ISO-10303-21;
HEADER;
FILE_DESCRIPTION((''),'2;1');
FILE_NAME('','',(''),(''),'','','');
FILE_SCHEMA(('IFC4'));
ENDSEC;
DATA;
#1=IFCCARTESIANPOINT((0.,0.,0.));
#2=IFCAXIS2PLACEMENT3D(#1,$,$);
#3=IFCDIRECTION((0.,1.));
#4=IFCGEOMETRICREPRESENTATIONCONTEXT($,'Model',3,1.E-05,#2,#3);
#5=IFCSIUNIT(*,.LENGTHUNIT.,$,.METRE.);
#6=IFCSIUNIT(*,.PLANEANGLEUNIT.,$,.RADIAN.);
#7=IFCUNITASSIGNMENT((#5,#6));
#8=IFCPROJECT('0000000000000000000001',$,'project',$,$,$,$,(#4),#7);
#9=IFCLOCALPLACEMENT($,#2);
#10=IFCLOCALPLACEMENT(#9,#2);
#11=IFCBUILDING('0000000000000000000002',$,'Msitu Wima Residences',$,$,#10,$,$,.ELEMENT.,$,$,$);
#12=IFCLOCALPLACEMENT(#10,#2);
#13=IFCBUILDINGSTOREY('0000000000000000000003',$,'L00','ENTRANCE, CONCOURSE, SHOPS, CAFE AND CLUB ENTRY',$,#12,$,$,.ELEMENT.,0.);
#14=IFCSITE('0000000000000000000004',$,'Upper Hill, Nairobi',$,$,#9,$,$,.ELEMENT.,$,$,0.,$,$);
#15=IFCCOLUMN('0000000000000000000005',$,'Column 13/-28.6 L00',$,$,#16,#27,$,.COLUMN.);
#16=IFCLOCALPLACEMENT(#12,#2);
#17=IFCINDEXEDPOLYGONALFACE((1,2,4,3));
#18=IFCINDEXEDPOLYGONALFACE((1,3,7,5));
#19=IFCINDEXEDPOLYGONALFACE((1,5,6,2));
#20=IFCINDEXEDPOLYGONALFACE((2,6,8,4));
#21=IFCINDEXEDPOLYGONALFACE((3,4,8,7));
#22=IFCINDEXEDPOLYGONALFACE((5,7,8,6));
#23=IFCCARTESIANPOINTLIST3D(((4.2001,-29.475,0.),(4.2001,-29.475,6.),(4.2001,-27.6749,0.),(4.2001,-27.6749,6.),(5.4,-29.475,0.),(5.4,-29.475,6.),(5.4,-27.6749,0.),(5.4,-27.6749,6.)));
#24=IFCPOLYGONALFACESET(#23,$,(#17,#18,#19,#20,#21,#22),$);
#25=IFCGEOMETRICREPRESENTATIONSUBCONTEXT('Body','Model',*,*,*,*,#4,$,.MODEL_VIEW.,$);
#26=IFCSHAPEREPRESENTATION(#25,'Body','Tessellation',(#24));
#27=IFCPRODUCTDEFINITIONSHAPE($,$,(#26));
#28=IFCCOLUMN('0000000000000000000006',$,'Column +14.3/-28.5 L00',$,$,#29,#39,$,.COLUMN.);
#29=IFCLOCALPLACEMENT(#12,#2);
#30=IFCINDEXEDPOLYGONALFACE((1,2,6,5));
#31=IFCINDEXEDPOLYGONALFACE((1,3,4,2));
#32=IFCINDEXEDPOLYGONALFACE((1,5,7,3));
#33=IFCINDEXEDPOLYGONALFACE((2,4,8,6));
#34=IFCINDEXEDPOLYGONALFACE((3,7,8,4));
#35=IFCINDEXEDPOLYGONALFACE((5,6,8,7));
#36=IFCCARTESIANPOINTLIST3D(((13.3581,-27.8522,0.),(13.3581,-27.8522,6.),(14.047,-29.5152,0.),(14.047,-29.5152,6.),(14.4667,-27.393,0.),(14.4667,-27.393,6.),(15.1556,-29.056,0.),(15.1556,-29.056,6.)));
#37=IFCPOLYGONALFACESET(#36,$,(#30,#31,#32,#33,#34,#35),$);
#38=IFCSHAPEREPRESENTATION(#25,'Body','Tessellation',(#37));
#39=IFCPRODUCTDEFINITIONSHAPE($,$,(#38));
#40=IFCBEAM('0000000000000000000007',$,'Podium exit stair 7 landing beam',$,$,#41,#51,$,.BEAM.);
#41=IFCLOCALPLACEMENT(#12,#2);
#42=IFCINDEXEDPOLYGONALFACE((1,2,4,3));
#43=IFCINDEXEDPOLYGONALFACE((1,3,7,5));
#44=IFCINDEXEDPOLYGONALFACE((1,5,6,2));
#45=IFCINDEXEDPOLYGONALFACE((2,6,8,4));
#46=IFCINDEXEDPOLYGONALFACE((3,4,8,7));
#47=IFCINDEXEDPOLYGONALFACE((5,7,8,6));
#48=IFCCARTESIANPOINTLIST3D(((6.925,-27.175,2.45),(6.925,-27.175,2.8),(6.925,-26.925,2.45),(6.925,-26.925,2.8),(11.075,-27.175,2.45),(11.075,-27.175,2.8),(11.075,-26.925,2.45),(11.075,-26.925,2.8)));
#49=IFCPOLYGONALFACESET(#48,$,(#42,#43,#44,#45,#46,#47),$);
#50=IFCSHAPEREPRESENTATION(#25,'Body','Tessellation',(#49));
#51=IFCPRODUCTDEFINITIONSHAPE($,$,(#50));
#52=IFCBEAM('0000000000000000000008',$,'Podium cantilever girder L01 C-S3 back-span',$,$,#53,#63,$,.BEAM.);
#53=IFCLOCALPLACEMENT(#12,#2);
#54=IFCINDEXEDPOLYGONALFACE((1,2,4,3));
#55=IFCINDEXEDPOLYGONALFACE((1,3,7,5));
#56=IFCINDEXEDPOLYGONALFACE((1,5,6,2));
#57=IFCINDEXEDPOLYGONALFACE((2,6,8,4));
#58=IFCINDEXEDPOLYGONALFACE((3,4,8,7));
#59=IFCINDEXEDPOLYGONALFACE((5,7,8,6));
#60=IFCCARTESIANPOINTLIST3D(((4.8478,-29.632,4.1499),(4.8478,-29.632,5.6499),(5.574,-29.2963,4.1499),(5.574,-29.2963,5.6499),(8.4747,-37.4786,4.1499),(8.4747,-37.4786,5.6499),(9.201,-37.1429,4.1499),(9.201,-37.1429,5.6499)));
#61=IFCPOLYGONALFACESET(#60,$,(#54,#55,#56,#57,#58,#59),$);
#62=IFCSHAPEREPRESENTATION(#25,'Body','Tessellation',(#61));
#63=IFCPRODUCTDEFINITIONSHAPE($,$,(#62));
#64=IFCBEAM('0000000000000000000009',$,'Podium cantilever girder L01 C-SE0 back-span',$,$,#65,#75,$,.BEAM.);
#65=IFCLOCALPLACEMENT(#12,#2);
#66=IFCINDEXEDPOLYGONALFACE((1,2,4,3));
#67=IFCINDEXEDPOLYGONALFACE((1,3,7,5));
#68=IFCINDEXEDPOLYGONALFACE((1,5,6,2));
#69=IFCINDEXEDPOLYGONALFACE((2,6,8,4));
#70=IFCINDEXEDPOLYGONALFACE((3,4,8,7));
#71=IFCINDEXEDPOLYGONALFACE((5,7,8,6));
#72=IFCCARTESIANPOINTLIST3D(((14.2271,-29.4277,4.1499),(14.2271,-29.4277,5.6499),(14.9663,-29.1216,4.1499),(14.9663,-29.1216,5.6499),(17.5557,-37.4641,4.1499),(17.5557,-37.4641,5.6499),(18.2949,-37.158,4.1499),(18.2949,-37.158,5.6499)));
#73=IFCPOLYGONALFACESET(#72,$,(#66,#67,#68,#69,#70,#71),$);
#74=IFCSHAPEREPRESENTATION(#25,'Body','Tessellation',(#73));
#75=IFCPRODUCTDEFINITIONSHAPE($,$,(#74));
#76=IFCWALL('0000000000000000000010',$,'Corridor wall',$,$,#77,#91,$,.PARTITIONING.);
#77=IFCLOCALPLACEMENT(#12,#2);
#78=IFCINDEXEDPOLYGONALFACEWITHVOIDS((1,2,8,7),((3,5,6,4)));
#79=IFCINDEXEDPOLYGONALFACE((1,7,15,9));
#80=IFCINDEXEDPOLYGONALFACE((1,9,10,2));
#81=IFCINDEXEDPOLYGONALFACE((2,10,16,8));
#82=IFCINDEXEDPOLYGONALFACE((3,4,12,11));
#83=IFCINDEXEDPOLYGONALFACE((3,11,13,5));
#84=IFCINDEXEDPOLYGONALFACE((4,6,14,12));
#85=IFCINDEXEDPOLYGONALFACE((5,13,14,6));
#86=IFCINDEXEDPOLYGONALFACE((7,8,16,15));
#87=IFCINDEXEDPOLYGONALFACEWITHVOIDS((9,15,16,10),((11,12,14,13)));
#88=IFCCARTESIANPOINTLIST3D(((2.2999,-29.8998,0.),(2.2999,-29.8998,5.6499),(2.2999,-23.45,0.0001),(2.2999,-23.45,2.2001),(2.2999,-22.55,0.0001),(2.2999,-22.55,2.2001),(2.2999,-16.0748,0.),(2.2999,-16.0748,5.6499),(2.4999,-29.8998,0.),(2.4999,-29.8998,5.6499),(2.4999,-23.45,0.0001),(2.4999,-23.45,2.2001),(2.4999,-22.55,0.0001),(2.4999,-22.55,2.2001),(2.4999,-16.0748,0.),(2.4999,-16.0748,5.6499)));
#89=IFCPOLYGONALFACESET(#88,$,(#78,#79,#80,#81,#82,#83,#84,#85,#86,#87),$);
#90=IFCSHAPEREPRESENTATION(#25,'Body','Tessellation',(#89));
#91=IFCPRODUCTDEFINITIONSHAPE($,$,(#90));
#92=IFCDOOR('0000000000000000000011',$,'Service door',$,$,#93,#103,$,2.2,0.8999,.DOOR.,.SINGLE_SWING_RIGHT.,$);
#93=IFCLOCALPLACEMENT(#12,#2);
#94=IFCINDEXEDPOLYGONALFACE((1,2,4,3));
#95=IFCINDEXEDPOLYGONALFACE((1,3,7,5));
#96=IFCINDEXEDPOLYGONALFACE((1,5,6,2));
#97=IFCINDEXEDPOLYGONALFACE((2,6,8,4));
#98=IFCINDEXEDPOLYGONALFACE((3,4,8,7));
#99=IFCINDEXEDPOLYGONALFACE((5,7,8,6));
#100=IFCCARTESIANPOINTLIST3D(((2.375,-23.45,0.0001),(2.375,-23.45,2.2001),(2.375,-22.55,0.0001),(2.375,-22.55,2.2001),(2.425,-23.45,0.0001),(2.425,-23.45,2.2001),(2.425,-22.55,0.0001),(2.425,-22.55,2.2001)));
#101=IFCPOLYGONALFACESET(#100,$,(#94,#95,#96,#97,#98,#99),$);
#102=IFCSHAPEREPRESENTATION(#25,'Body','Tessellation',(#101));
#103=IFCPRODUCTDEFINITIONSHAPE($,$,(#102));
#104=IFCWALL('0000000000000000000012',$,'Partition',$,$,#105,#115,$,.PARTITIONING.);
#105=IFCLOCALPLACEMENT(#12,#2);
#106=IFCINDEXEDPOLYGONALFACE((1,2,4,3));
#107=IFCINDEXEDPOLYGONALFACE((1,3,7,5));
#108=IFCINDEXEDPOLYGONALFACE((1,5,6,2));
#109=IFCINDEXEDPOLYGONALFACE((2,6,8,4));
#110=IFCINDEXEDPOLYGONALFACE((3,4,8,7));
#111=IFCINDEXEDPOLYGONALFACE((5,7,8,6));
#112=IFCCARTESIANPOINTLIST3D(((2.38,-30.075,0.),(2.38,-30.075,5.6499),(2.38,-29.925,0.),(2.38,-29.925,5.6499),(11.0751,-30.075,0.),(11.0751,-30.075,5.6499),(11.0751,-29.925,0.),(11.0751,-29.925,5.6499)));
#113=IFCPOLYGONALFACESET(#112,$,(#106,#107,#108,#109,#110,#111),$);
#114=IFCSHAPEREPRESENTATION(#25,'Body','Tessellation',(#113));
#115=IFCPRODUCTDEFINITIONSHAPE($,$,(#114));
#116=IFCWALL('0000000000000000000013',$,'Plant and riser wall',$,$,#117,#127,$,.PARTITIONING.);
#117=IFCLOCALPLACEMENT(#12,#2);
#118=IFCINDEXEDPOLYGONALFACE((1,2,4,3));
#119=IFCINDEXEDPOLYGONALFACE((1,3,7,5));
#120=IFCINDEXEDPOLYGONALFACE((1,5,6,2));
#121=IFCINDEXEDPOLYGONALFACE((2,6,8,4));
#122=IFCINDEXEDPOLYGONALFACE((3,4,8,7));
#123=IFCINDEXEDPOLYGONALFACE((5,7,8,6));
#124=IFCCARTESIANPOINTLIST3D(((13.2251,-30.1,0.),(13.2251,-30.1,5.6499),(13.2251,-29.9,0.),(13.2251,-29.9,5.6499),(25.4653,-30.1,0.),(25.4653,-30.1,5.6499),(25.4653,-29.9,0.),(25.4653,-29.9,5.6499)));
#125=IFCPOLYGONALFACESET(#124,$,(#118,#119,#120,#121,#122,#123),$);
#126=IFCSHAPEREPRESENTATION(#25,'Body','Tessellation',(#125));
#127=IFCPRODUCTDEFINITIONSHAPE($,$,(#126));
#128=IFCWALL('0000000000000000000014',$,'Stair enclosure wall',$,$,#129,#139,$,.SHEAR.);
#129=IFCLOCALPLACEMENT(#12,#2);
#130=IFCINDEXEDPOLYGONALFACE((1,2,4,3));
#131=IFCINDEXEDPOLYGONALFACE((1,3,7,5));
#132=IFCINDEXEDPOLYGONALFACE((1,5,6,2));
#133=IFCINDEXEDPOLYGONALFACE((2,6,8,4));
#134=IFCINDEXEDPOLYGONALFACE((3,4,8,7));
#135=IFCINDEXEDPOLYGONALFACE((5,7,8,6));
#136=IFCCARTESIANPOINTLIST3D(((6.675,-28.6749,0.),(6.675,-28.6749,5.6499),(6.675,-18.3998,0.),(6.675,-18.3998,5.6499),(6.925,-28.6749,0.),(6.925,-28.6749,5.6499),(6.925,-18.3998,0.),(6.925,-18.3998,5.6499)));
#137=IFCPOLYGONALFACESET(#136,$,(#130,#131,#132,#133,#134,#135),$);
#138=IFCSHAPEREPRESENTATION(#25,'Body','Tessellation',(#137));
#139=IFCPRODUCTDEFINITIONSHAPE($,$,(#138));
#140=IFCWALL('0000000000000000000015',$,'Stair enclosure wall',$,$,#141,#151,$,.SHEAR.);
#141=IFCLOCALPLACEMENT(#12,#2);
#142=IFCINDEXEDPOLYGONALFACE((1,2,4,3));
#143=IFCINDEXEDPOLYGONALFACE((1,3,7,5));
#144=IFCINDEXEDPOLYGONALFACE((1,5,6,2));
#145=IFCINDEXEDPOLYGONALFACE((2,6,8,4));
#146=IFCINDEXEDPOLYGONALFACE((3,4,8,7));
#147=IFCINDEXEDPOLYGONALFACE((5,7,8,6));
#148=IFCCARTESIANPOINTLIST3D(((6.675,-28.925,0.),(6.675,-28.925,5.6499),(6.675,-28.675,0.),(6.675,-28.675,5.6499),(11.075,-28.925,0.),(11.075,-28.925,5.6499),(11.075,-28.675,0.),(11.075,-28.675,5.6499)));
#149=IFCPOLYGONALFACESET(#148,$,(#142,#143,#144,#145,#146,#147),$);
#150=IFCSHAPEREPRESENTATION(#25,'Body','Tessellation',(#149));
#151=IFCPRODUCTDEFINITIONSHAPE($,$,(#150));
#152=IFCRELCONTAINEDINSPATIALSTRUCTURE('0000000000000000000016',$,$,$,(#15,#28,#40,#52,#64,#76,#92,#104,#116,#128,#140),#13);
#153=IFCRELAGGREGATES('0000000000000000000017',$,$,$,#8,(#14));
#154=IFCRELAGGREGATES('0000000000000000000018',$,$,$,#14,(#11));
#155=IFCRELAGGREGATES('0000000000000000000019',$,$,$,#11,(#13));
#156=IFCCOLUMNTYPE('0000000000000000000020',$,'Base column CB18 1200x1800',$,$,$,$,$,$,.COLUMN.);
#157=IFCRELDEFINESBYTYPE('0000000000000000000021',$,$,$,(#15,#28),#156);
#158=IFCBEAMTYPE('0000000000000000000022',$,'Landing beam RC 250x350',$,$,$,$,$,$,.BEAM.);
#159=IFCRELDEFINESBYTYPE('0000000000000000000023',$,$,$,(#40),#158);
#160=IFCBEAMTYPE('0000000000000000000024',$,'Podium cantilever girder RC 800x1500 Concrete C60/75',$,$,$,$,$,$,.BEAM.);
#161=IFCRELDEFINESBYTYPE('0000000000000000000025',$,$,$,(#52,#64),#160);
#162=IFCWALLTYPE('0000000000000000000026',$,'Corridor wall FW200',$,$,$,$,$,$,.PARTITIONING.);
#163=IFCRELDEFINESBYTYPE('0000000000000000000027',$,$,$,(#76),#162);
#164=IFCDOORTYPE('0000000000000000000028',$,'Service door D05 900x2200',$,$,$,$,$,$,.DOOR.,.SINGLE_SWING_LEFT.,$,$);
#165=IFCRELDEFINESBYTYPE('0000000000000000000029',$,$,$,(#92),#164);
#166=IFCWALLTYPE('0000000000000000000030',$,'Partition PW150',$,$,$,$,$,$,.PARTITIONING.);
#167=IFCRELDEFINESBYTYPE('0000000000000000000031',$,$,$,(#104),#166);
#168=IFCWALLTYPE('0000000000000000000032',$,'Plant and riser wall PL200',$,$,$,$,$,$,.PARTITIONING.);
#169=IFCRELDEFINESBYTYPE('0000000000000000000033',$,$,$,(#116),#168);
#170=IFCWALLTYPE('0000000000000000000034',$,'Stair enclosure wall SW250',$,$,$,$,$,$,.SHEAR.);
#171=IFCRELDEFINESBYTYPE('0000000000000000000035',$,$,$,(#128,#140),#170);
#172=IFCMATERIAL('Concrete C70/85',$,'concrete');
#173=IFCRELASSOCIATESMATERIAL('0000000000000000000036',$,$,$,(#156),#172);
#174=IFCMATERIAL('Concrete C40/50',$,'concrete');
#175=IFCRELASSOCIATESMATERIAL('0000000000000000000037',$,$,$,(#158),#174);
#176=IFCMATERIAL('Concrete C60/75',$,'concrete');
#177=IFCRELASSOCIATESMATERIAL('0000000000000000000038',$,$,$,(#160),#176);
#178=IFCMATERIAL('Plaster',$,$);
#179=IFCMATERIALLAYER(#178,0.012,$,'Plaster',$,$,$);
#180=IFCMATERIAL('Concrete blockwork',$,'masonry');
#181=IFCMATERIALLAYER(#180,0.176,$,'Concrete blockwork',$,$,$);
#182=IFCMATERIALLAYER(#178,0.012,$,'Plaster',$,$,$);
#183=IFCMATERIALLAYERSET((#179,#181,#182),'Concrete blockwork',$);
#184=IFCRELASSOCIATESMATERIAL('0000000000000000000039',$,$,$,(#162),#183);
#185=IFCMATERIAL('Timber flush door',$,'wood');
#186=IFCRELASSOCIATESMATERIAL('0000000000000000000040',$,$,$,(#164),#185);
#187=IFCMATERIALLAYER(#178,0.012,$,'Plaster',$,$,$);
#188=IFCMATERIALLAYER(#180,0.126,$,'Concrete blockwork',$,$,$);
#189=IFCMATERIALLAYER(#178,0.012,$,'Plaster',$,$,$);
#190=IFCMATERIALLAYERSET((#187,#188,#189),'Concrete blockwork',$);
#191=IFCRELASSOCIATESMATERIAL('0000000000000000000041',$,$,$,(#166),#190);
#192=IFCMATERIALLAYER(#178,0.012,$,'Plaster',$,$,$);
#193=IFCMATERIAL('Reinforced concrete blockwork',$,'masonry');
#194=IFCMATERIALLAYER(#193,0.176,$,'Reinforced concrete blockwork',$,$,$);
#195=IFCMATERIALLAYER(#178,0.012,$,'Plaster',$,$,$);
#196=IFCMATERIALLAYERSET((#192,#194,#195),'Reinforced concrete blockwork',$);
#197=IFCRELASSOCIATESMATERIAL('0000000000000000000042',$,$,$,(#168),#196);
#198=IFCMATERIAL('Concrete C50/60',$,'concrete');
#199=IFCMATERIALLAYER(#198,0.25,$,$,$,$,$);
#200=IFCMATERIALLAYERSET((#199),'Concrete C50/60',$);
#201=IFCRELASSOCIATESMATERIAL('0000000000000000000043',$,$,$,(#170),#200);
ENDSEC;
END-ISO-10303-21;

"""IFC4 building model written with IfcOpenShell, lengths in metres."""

from ifc_helpers import new_model, si_unit, direction, frame, frame_2d, origin, origin_2d, place, context, subcontext, project, spatial, rectangle, extrude, material, layer, layer_set, material_profile, profile_set, type_object, element, fill, save


model = new_model("IFC4")

# Units and contexts
model_context = context("Model", 3, precision=1e-05, world=origin(), true_north=direction((0.0, 1.0)))
body_context = subcontext(model_context, "Body", "Model", "MODEL_VIEW")
ifc_project = project(units=[si_unit("LENGTHUNIT", "METRE"), si_unit("PLANEANGLEUNIT", "RADIAN")], contexts=[model_context])

# Site, building, storey
site_placement = place(None, origin())
site = spatial("IfcSite", under=ifc_project, at=site_placement, Name="Upper Hill, Nairobi", CompositionType="ELEMENT", RefElevation=0.0)
building_placement = place(site_placement, origin())
building = spatial("IfcBuilding", under=site, at=building_placement, Name="Msitu Wima Residences", CompositionType="ELEMENT")
storey_placement = place(building_placement, origin())
storey = spatial("IfcBuildingStorey", under=building, at=storey_placement, Name="L00", Description="ENTRANCE, CONCOURSE, SHOPS, CAFE AND CLUB ENTRY", CompositionType="ELEMENT", Elevation=0.0)

# Columns
ifc_material_1 = material(Name="Concrete C70/85", Category="concrete")
ifc_material_profile_1 = material_profile(ifc_material_1, rectangle(XDim=1.2, YDim=1.8, at=origin_2d()), Name="RC 1200x1800")
ifc_profile_set_1 = profile_set([ifc_material_profile_1], Name="Concrete C70/85")
column_type = type_object("IfcColumnType", Name="Base column CB18 1200x1800", PredefinedType="COLUMN", material=ifc_profile_set_1)
for number, where, z_axis, x_axis, name in (
    (1, (4.8, -28.575, 0.0), (0.0, 0.0, 1.0), (1.0, 0.0, 0.0), "Column 13/-28.6 L00"),
    (2, (14.2568, -28.4541, 0.0), (0.0, 0.0, 1.0), (0.92388, 0.382683, 0.0), "Column +14.3/-28.5 L00"),
):
    element("IfcColumn", number, at=place(storey_placement, frame(where, z_axis=z_axis, x_axis=x_axis)), inside=storey, type_object=column_type, Name=name, PredefinedType="COLUMN", context=body_context, shape_type="SweptSolid", body=[
        extrude(rectangle(XDim=1.2, YDim=1.8, at=origin_2d()), origin(), (0.0, 0.0, 1.0), 6.0),
    ])

# Beams
ifc_material_2 = material(Name="Concrete C40/50", Category="concrete")
ifc_material_profile_2 = material_profile(ifc_material_2, rectangle(XDim=0.25, YDim=0.3501, at=origin_2d()), Name="RC 250x350")
ifc_profile_set_2 = profile_set([ifc_material_profile_2], Name="Concrete C40/50")
beam_type_1 = type_object("IfcBeamType", Name="Landing beam RC 250x350", PredefinedType="BEAM", material=ifc_profile_set_2)
beam_1_placement = place(storey_placement, frame((6.925, -27.05, 2.625), z_axis=(1.0, 0.0, 0.0), x_axis=(0.0, 1.0, 0.0)))
element("IfcBeam", 3, at=beam_1_placement, inside=storey, type_object=beam_type_1, Name="Podium exit stair 7 landing beam", PredefinedType="BEAM", context=body_context, shape_type="SweptSolid", body=[
    extrude(rectangle(XDim=0.25, YDim=0.3501, at=origin_2d()), origin(), (0.0, 0.0, 1.0), 4.1499),
])
ifc_material_3 = material(Name="Concrete C60/75", Category="concrete")
ifc_material_profile_3 = material_profile(ifc_material_3, rectangle(XDim=0.8, YDim=1.5, at=origin_2d()), Name="RC 800x1500")
ifc_profile_set_3 = profile_set([ifc_material_profile_3], Name="Concrete C60/75")
beam_type_2 = type_object("IfcBeamType", Name="Podium cantilever girder RC 800x1500 Concrete C60/75", PredefinedType="BEAM", material=ifc_profile_set_3)
beam_2_placement = place(storey_placement, frame((5.2109, -29.4641, 4.8999), z_axis=(0.419574, -0.907721, 0.0), x_axis=(0.907721, 0.419574, 0.0)))
element("IfcBeam", 4, at=beam_2_placement, inside=storey, type_object=beam_type_2, Name="Podium cantilever girder L01 C-S3 back-span", PredefinedType="BEAM", context=body_context, shape_type="SweptSolid", body=[
    extrude(rectangle(XDim=0.8, YDim=1.5, at=origin_2d()), origin(), (0.0, 0.0, 1.0), 8.6443),
])
beam_3_placement = place(storey_placement, frame((14.5967, -29.2747, 4.8999), z_axis=(0.382667, -0.923886, 0.0), x_axis=(0.923886, 0.382667, 0.0)))
element("IfcBeam", 5, at=beam_3_placement, inside=storey, type_object=beam_type_2, Name="Podium cantilever girder L01 C-SE0 back-span", PredefinedType="BEAM", context=body_context, shape_type="SweptSolid", body=[
    extrude(rectangle(XDim=0.8, YDim=1.5, at=origin_2d()), origin(), (0.0, 0.0, 1.0), 8.6985),
])

# Wall, opening, door
ifc_material_4 = material(Name="Plaster")
ifc_layer_1 = layer(ifc_material_4, 0.012, Name="Plaster")
ifc_material_5 = material(Name="Concrete blockwork", Category="masonry")
ifc_layer_2 = layer(ifc_material_5, 0.176, Name="Concrete blockwork")
ifc_layer_3 = layer(ifc_material_4, 0.012, Name="Plaster")
ifc_layer_set_1 = layer_set([ifc_layer_1, ifc_layer_2, ifc_layer_3], Name="Concrete blockwork")
wall_type_1 = type_object("IfcWallType", Name="Corridor wall FW200", PredefinedType="PARTITIONING", material=ifc_layer_set_1)
wall_1_placement = place(storey_placement, frame((2.3999, -29.8999, 0.0), z_axis=(0.0, 0.0, 1.0), x_axis=(0.0, 1.0, 0.0)))
wall_1 = element("IfcWall", 6, at=wall_1_placement, inside=storey, type_object=wall_type_1, Name="Corridor wall", PredefinedType="PARTITIONING", context=body_context, shape_type="SweptSolid", body=[
    extrude(rectangle(XDim=13.825, YDim=0.2, at=frame_2d((6.9126, 0.0))), origin(), (0.0, 0.0, 1.0), 5.6499),
])
opening_1_placement = place(wall_1_placement, frame((6.45, 0.0, 0.0)))
opening_1 = element("IfcOpeningElement", 7, at=opening_1_placement, cuts=wall_1, PredefinedType="OPENING", context=body_context, shape_type="SweptSolid", body=[
    extrude(rectangle(XDim=0.8999, YDim=2.2, at=frame_2d((0.45, 1.1001))), frame((0.0, 0.1099, 0.0), z_axis=(0.0, -1.0, 0.0), x_axis=(1.0, 0.0, 0.0)), (0.0, 0.0, 1.0), 0.22),
])
ifc_material_6 = material(Name="Timber flush door", Category="wood")
door_type_1 = type_object("IfcDoorType", Name="Service door D05 900x2200", OperationType="SINGLE_SWING_LEFT", PredefinedType="DOOR", material=ifc_material_6)
door_1_placement = place(opening_1_placement, origin())
door_1 = element("IfcDoor", 8, at=door_1_placement, inside=storey, type_object=door_type_1, Name="Service door", OperationType="SINGLE_SWING_RIGHT", OverallHeight=2.2, OverallWidth=0.8999, PredefinedType="DOOR", context=body_context, shape_type="SweptSolid", body=[
    extrude(rectangle(XDim=0.8999, YDim=2.2, at=frame_2d((0.45, 1.1001))), frame((0.0, 0.0249, 0.0), z_axis=(0.0, -1.0, 0.0), x_axis=(1.0, 0.0, 0.0)), (0.0, 0.0, 1.0), 0.05),
])
fill(opening_1, door_1)

# Walls
ifc_layer_4 = layer(ifc_material_4, 0.012, Name="Plaster")
ifc_layer_5 = layer(ifc_material_5, 0.126, Name="Concrete blockwork")
ifc_layer_6 = layer(ifc_material_4, 0.012, Name="Plaster")
ifc_layer_set_2 = layer_set([ifc_layer_4, ifc_layer_5, ifc_layer_6], Name="Concrete blockwork")
wall_type_2 = type_object("IfcWallType", Name="Partition PW150", PredefinedType="PARTITIONING", material=ifc_layer_set_2)
wall_2_placement = place(storey_placement, frame((2.3799, -30.0, 0.0), z_axis=(0.0, 0.0, 1.0), x_axis=(1.0, 0.0, 0.0)))
element("IfcWall", 9, at=wall_2_placement, inside=storey, type_object=wall_type_2, Name="Partition", PredefinedType="PARTITIONING", context=body_context, shape_type="SweptSolid", body=[
    extrude(rectangle(XDim=8.6951, YDim=0.1499, at=frame_2d((4.3477, 0.0))), origin(), (0.0, 0.0, 1.0), 5.6499),
])
ifc_layer_7 = layer(ifc_material_4, 0.012, Name="Plaster")
ifc_material_7 = material(Name="Reinforced concrete blockwork", Category="masonry")
ifc_layer_8 = layer(ifc_material_7, 0.176, Name="Reinforced concrete blockwork")
ifc_layer_9 = layer(ifc_material_4, 0.012, Name="Plaster")
ifc_layer_set_3 = layer_set([ifc_layer_7, ifc_layer_8, ifc_layer_9], Name="Reinforced concrete blockwork")
wall_type_3 = type_object("IfcWallType", Name="Plant and riser wall PL200", PredefinedType="PARTITIONING", material=ifc_layer_set_3)
wall_3_placement = place(storey_placement, frame((13.2251, -30.0, 0.0), z_axis=(0.0, 0.0, 1.0), x_axis=(1.0, 0.0, 0.0)))
element("IfcWall", 10, at=wall_3_placement, inside=storey, type_object=wall_type_3, Name="Plant and riser wall", PredefinedType="PARTITIONING", context=body_context, shape_type="SweptSolid", body=[
    extrude(rectangle(XDim=12.2402, YDim=0.2, at=frame_2d((6.1201, 0.0))), origin(), (0.0, 0.0, 1.0), 5.6499),
])
ifc_material_8 = material(Name="Concrete C50/60", Category="concrete")
ifc_layer_10 = layer(ifc_material_8, 0.25)
ifc_layer_set_4 = layer_set([ifc_layer_10], Name="Concrete C50/60")
wall_type_4 = type_object("IfcWallType", Name="Stair enclosure wall SW250", PredefinedType="SHEAR", material=ifc_layer_set_4)
wall_4_placement = place(storey_placement, frame((6.8, -28.675, 0.0), z_axis=(0.0, 0.0, 1.0), x_axis=(0.0, 1.0, 0.0)))
element("IfcWall", 11, at=wall_4_placement, inside=storey, type_object=wall_type_4, Name="Stair enclosure wall", PredefinedType="SHEAR", context=body_context, shape_type="SweptSolid", body=[
    extrude(rectangle(XDim=10.2751, YDim=0.25, at=frame_2d((5.1377, 0.0))), origin(), (0.0, 0.0, 1.0), 5.6499),
])
wall_5_placement = place(storey_placement, frame((6.675, -28.8, 0.0), z_axis=(0.0, 0.0, 1.0), x_axis=(1.0, 0.0, 0.0)))
element("IfcWall", 12, at=wall_5_placement, inside=storey, type_object=wall_type_4, Name="Stair enclosure wall", PredefinedType="SHEAR", context=body_context, shape_type="SweptSolid", body=[
    extrude(rectangle(XDim=4.3999, YDim=0.25, at=frame_2d((2.2, 0.0))), origin(), (0.0, 0.0, 1.0), 5.6499),
])

save(model, "model.ifc")
